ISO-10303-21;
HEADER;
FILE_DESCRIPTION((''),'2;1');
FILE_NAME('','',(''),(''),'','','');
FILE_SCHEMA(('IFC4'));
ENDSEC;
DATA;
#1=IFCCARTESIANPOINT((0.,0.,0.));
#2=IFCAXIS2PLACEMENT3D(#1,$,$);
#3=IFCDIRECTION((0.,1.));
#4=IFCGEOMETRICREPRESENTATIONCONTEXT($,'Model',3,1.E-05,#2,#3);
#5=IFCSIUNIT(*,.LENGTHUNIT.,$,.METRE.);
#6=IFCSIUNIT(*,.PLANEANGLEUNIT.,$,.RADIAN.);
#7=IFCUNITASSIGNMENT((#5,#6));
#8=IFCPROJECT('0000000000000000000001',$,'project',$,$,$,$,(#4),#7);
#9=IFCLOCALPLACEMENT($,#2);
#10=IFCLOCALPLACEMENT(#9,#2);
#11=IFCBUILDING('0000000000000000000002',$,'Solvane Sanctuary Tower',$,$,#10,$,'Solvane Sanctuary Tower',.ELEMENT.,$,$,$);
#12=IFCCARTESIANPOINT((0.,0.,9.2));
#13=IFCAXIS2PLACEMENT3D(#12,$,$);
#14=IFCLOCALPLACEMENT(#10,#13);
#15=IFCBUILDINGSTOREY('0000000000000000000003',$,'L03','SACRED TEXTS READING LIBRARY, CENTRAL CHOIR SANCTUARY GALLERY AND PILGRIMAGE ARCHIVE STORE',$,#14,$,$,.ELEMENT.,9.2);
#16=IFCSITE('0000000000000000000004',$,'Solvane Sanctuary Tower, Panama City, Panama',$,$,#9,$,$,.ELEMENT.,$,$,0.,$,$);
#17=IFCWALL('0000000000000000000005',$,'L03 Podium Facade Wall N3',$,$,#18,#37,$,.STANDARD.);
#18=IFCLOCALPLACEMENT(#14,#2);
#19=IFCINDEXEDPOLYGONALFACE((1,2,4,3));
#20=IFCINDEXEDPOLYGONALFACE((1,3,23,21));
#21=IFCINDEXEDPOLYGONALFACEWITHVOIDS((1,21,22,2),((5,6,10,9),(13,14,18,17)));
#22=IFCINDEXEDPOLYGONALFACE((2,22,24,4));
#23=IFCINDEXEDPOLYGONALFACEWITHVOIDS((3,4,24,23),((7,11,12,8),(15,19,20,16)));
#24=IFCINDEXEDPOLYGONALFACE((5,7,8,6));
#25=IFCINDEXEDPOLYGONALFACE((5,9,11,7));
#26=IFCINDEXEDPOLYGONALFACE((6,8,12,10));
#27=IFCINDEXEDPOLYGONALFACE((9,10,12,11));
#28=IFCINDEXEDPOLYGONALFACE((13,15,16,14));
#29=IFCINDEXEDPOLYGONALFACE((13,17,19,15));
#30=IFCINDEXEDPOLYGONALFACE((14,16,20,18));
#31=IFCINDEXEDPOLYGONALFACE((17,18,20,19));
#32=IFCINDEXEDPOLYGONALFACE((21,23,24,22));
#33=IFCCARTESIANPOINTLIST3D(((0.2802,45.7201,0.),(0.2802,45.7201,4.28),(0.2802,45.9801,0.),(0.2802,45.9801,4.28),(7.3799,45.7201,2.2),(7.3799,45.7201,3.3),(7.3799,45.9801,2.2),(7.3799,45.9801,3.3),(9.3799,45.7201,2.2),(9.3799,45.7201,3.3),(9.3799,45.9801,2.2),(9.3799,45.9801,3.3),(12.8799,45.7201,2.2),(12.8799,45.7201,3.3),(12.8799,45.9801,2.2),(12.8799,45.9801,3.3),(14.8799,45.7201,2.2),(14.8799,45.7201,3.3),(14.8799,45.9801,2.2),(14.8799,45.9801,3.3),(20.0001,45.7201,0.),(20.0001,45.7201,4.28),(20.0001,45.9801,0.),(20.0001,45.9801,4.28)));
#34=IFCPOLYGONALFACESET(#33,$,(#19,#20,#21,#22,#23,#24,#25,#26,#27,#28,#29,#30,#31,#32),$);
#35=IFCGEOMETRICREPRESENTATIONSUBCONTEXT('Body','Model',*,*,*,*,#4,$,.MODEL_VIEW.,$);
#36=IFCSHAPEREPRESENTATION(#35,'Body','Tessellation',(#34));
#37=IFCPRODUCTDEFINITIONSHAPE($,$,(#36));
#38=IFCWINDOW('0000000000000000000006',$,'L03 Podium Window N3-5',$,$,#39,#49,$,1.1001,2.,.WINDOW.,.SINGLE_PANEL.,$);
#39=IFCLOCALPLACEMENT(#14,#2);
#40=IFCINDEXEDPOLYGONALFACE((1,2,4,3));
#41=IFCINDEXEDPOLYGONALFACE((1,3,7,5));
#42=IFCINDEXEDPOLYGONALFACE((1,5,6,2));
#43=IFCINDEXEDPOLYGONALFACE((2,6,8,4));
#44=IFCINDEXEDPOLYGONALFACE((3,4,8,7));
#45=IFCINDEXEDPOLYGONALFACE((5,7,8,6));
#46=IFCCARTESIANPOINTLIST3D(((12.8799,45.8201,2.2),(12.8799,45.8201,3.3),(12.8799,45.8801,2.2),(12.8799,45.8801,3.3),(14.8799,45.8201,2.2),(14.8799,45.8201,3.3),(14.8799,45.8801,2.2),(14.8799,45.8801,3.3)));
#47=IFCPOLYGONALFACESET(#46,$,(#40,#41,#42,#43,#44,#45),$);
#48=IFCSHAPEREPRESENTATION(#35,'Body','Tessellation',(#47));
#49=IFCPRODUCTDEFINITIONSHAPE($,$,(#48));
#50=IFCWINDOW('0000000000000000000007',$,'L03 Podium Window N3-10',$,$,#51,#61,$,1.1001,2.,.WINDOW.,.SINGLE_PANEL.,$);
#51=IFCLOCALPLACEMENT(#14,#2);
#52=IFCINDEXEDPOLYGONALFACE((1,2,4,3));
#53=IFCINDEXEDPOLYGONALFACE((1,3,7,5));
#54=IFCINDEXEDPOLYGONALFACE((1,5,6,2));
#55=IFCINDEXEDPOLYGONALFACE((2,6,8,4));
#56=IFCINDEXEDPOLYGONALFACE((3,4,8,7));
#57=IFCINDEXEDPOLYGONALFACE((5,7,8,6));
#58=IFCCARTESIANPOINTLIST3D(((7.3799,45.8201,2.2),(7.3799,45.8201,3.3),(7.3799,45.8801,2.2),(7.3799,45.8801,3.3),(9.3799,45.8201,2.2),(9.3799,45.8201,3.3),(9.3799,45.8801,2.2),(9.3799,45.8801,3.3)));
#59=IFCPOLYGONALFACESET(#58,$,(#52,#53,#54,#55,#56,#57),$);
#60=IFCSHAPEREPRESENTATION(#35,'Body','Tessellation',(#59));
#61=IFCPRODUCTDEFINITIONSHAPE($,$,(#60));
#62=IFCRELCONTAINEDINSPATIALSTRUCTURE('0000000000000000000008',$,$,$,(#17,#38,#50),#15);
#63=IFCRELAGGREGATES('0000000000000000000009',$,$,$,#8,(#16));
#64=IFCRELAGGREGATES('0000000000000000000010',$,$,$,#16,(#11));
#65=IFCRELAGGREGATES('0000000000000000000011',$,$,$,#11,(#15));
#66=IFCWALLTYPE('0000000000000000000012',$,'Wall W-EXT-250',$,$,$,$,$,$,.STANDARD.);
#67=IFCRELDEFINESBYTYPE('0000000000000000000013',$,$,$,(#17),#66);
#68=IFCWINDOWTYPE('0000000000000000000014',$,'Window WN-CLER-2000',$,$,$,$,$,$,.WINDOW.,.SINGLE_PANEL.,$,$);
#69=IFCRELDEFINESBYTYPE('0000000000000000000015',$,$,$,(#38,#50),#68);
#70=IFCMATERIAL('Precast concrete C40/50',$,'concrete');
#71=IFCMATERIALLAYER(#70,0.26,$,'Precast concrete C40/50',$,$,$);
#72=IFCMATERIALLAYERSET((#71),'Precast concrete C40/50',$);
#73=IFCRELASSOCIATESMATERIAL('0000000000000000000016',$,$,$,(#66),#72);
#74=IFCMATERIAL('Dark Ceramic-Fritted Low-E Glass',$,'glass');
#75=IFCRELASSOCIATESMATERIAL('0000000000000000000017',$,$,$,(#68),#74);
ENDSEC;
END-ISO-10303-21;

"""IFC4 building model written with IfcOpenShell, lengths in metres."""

from ifc_helpers import new_model, si_unit, direction, frame, frame_2d, origin, place, context, subcontext, project, spatial, rectangle, extrude, material, layer, layer_set, type_object, element, fill, save


model = new_model("IFC4")

# Units and contexts
model_context = context("Model", 3, precision=1e-05, world=origin(), true_north=direction((0.0, 1.0)))
body_context = subcontext(model_context, "Body", "Model", "MODEL_VIEW")
ifc_project = project(units=[si_unit("LENGTHUNIT", "METRE"), si_unit("PLANEANGLEUNIT", "RADIAN")], contexts=[model_context])

# Site, building, storey
site_placement = place(None, origin())
site = spatial("IfcSite", under=ifc_project, at=site_placement, Name="Solvane Sanctuary Tower, Panama City, Panama", CompositionType="ELEMENT", RefElevation=0.0)
building_placement = place(site_placement, origin())
building = spatial("IfcBuilding", under=site, at=building_placement, Name="Solvane Sanctuary Tower", LongName="Solvane Sanctuary Tower", CompositionType="ELEMENT")
storey_placement = place(building_placement, frame((0.0, 0.0, 9.2)))
storey = spatial("IfcBuildingStorey", under=building, at=storey_placement, Name="L03", Description="SACRED TEXTS READING LIBRARY, CENTRAL CHOIR SANCTUARY GALLERY AND PILGRIMAGE ARCHIVE STORE", CompositionType="ELEMENT", Elevation=9.2)

# Shared definitions
ifc_material_1 = material(Name="Dark Ceramic-Fritted Low-E Glass", Category="glass")

# Wall, openings, windows
ifc_material_2 = material(Name="Precast concrete C40/50", Category="concrete")
ifc_layer_1 = layer(ifc_material_2, 0.26, Name="Precast concrete C40/50")
ifc_layer_set_1 = layer_set([ifc_layer_1], Name="Precast concrete C40/50")
wall_type_1 = type_object("IfcWallType", Name="Wall W-EXT-250", PredefinedType="STANDARD", material=ifc_layer_set_1)
wall_1_placement = place(storey_placement, frame((20.0, 45.8501, 0.0), z_axis=(0.0, 0.0, 1.0), x_axis=(-1.0, 0.0, 0.0)))
wall_1 = element("IfcWall", 1, at=wall_1_placement, inside=storey, type_object=wall_type_1, Name="L03 Podium Facade Wall N3", PredefinedType="STANDARD", context=body_context, shape_type="SweptSolid", body=[
    extrude(rectangle(XDim=19.72, YDim=0.26, at=frame_2d((9.8599, 0.0))), origin(), (0.0, 0.0, 1.0), 4.28),
])
opening_1_placement = place(wall_1_placement, frame((5.1201, 0.0, 2.2)))
opening_1 = element("IfcOpeningElement", 2, at=opening_1_placement, cuts=wall_1, PredefinedType="OPENING", context=body_context, shape_type="SweptSolid", body=[
    extrude(rectangle(XDim=2.0, YDim=1.1001, at=frame_2d((1.0, 0.55))), frame((0.0, 0.1399, 0.0), z_axis=(0.0, -1.0, 0.0), x_axis=(1.0, 0.0, 0.0)), (0.0, 0.0, 1.0), 0.28),
])
opening_2_placement = place(wall_1_placement, frame((10.6201, 0.0, 2.2)))
opening_2 = element("IfcOpeningElement", 3, at=opening_2_placement, cuts=wall_1, PredefinedType="OPENING", context=body_context, shape_type="SweptSolid", body=[
    extrude(rectangle(XDim=2.0, YDim=1.1001, at=frame_2d((1.0, 0.55))), frame((0.0, 0.1399, 0.0), z_axis=(0.0, -1.0, 0.0), x_axis=(1.0, 0.0, 0.0)), (0.0, 0.0, 1.0), 0.28),
])
window_type = type_object("IfcWindowType", Name="Window WN-CLER-2000", PartitioningType="SINGLE_PANEL", PredefinedType="WINDOW", material=ifc_material_1)
window_1_placement = place(opening_1_placement, origin())
window_1 = element("IfcWindow", 4, at=window_1_placement, inside=storey, type_object=window_type, Name="L03 Podium Window N3-5", OverallHeight=1.1001, OverallWidth=2.0, PartitioningType="SINGLE_PANEL", PredefinedType="WINDOW", context=body_context, shape_type="SweptSolid", body=[
    extrude(rectangle(XDim=2.0, YDim=1.1001, at=frame_2d((1.0, 0.55))), frame((0.0, 0.03, 0.0), z_axis=(0.0, -1.0, 0.0), x_axis=(1.0, 0.0, 0.0)), (0.0, 0.0, 1.0), 0.0601),
])
fill(opening_1, window_1)
window_2_placement = place(opening_2_placement, origin())
window_2 = element("IfcWindow", 5, at=window_2_placement, inside=storey, type_object=window_type, Name="L03 Podium Window N3-10", OverallHeight=1.1001, OverallWidth=2.0, PartitioningType="SINGLE_PANEL", PredefinedType="WINDOW", context=body_context, shape_type="SweptSolid", body=[
    extrude(rectangle(XDim=2.0, YDim=1.1001, at=frame_2d((1.0, 0.55))), frame((0.0, 0.03, 0.0), z_axis=(0.0, -1.0, 0.0), x_axis=(1.0, 0.0, 0.0)), (0.0, 0.0, 1.0), 0.0601),
])
fill(opening_2, window_2)

save(model, "model.ifc")
